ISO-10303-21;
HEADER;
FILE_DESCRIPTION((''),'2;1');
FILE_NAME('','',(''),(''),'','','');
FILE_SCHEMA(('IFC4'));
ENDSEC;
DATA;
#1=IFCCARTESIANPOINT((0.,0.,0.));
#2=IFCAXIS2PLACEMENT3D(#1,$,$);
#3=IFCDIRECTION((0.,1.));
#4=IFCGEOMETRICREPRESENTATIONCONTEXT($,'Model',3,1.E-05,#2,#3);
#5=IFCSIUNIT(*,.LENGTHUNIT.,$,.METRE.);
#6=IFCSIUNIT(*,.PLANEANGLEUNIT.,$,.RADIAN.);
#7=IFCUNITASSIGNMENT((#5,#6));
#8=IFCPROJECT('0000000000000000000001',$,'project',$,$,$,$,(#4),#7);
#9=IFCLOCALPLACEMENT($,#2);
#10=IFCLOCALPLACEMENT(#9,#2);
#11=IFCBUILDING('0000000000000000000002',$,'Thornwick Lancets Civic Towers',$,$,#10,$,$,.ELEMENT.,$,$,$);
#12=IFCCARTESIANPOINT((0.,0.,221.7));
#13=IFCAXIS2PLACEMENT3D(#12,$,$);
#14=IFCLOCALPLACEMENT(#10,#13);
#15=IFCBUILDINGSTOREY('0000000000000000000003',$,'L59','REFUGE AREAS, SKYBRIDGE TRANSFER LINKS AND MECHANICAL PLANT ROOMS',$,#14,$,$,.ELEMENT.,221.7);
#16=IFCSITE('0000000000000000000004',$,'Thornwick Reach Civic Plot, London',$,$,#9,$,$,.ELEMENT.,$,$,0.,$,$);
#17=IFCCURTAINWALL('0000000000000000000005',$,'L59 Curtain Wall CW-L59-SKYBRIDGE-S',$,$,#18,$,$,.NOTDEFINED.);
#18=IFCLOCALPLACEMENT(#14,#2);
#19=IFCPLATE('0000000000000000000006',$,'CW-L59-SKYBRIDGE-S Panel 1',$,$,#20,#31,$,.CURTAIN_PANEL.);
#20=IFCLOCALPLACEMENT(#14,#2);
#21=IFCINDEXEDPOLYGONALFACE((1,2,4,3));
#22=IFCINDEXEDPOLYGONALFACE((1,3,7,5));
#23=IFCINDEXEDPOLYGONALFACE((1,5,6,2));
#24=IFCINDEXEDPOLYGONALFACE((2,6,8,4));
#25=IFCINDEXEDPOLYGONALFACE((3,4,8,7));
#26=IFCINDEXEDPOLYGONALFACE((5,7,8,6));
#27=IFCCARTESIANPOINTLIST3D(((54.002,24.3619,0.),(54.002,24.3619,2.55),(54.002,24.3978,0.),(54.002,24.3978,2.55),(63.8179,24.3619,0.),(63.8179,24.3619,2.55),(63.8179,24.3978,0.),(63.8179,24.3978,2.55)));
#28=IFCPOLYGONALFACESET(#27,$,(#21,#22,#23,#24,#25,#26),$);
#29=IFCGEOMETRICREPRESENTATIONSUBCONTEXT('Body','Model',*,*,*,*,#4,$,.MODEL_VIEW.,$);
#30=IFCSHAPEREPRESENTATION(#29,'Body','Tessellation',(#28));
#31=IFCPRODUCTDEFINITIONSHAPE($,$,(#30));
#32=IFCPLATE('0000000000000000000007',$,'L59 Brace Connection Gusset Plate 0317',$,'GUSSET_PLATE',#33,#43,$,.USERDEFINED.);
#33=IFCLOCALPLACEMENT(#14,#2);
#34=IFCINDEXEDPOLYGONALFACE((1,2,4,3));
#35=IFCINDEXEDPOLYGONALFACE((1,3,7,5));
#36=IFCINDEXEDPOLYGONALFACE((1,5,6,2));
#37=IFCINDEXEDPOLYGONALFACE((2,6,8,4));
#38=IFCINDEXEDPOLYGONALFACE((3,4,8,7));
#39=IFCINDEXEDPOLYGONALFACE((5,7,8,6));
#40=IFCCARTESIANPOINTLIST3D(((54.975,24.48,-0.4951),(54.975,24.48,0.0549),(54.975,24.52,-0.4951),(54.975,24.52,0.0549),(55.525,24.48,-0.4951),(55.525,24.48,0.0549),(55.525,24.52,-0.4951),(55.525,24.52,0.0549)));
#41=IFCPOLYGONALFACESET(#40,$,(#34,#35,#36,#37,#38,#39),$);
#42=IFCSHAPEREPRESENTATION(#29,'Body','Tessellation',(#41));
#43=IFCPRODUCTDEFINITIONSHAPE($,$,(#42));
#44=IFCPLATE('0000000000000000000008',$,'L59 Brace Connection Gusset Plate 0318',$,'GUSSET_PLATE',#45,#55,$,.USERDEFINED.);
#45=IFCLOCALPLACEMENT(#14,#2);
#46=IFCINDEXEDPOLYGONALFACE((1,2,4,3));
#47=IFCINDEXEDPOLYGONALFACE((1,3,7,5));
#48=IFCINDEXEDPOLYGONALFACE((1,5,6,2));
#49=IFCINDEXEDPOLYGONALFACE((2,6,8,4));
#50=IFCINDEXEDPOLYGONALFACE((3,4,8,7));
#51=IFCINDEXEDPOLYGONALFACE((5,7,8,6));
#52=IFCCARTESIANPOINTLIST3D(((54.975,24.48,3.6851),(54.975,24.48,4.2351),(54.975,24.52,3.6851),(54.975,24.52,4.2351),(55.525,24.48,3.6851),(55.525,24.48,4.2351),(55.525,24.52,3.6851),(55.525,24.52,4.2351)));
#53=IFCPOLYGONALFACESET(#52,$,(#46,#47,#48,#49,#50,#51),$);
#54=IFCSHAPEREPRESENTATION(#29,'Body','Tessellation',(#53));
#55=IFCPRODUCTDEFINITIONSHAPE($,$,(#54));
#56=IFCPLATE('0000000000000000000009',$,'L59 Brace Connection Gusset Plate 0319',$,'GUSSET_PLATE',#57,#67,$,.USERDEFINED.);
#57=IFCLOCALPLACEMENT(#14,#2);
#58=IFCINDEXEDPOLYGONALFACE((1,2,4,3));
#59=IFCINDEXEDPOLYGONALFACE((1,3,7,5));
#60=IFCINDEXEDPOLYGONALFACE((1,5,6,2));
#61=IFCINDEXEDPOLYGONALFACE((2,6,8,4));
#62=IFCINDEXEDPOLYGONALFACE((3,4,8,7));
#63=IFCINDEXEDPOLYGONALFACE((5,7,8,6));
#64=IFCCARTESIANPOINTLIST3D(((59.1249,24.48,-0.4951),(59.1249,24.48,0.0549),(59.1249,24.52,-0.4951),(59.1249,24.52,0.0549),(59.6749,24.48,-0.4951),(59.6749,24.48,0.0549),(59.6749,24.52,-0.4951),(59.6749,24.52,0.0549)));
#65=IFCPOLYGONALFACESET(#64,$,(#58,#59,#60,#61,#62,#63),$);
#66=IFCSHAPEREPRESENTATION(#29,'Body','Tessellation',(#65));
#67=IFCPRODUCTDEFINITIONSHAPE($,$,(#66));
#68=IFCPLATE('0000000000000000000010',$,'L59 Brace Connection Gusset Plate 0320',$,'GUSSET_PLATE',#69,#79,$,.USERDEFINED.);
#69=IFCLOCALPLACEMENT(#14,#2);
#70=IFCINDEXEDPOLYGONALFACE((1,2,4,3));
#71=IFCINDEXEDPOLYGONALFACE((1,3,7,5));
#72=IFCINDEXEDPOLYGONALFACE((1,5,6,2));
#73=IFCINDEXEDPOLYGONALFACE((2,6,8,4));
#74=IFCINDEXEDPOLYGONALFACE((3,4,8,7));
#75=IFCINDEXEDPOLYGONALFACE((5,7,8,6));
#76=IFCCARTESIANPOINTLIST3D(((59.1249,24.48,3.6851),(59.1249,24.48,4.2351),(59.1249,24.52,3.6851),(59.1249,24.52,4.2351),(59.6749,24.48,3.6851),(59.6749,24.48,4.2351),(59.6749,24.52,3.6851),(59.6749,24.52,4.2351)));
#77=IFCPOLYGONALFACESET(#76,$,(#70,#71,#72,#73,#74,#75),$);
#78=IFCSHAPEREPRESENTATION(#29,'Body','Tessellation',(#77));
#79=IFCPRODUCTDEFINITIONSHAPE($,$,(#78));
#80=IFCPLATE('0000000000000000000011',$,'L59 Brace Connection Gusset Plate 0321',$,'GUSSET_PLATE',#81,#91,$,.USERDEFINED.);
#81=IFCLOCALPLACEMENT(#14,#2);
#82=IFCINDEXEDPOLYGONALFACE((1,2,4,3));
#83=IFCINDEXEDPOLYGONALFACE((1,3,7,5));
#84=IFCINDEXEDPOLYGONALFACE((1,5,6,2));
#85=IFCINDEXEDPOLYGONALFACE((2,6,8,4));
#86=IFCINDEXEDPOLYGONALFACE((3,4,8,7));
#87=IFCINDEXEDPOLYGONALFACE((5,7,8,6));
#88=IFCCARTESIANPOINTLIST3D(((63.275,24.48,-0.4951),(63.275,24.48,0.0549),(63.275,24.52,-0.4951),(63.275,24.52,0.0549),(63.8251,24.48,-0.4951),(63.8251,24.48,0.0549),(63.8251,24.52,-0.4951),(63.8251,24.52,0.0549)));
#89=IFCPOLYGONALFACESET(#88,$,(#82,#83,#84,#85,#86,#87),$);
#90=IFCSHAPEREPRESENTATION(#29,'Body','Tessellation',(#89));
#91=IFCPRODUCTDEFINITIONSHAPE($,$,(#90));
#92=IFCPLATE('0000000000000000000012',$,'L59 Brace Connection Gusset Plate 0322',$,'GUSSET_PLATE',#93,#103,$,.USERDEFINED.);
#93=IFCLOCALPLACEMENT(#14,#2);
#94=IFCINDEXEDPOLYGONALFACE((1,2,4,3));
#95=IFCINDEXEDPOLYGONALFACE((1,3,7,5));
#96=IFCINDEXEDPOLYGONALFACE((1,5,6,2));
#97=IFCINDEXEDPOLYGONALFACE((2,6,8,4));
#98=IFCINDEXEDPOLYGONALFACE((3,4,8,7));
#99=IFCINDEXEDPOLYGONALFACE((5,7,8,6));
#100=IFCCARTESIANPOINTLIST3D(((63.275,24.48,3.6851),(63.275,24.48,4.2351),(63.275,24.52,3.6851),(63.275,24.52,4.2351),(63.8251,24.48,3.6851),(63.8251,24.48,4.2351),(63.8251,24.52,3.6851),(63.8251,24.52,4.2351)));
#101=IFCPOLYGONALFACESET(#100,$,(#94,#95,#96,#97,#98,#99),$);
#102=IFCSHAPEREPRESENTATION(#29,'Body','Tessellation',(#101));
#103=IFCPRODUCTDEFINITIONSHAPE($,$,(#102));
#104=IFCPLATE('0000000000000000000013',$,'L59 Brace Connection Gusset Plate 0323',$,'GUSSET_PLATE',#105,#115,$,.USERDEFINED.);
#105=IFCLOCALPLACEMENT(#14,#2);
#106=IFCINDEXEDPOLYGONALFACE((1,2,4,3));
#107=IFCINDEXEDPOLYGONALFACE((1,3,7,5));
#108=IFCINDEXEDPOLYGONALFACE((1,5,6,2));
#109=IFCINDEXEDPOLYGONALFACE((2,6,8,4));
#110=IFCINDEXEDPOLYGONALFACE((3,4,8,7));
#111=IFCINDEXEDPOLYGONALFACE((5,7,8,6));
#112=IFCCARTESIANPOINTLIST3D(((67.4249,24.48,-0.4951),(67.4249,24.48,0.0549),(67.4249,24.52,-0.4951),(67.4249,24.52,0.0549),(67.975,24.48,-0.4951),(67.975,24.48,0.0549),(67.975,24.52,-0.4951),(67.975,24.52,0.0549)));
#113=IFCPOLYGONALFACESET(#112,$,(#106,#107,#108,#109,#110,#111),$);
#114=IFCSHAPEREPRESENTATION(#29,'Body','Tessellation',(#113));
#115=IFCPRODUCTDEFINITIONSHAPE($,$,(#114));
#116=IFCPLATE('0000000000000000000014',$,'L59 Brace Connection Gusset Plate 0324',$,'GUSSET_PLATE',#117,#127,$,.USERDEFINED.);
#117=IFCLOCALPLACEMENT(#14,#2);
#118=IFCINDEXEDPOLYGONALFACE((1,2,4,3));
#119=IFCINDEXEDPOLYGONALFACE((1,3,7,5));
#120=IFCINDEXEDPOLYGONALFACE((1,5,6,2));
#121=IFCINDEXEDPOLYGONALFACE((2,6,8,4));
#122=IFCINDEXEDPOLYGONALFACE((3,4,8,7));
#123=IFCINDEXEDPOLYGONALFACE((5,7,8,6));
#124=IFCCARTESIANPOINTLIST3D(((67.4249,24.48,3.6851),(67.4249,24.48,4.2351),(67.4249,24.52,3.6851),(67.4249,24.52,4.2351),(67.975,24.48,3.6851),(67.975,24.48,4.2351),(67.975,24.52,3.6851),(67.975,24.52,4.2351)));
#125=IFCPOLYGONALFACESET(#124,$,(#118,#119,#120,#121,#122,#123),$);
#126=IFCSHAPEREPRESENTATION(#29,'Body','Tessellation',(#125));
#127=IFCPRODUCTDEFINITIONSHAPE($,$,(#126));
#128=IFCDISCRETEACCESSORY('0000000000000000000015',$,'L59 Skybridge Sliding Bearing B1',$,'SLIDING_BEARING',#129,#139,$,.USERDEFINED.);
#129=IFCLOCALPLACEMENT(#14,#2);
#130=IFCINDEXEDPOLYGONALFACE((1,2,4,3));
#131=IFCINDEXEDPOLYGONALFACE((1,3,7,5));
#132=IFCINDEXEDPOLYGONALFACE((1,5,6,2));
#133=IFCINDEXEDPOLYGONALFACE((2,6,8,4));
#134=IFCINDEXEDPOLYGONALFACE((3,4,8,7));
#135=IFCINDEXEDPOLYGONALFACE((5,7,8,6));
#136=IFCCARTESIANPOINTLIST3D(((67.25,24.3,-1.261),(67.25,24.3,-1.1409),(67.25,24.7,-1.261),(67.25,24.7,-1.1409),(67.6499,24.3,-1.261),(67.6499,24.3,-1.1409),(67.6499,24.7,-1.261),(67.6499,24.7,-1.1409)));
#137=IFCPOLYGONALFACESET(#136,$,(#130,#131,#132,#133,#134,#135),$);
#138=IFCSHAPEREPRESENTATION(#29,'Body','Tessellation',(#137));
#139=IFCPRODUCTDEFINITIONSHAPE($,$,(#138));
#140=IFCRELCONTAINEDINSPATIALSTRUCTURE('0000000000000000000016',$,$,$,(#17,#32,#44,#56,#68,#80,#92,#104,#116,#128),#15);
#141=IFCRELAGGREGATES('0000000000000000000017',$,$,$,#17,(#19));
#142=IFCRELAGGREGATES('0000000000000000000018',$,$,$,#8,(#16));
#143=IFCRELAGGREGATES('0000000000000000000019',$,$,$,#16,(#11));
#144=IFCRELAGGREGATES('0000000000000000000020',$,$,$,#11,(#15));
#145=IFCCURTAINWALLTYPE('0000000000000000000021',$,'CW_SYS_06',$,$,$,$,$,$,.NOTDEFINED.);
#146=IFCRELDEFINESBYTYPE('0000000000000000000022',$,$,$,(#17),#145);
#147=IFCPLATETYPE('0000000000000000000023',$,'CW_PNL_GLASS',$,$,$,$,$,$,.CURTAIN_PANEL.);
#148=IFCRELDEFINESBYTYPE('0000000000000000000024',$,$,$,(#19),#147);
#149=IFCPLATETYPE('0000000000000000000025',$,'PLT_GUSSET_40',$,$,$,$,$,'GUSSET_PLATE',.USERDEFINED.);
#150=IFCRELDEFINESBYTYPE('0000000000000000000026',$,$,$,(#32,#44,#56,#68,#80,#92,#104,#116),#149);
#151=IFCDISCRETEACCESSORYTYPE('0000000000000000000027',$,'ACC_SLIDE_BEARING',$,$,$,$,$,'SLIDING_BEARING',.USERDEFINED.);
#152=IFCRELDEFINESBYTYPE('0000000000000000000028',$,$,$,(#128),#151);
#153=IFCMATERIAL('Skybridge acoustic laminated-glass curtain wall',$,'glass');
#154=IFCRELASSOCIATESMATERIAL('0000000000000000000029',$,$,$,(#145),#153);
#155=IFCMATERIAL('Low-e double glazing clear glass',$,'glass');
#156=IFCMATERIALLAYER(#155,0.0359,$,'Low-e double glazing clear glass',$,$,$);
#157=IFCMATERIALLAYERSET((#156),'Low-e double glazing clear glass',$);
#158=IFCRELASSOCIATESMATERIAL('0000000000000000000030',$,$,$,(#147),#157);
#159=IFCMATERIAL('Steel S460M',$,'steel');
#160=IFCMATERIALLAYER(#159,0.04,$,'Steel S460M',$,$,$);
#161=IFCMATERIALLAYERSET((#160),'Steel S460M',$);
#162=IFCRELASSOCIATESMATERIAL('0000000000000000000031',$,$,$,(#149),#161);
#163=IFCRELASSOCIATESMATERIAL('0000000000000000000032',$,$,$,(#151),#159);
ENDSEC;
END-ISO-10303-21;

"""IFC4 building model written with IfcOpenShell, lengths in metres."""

from ifc_helpers import new_model, si_unit, direction, frame, origin, origin_2d, place, context, subcontext, project, spatial, rectangle, extrude, material, layer, layer_set, type_object, element, aggregate, save


model = new_model("IFC4")

# Units and contexts
model_context = context("Model", 3, precision=1e-05, world=origin(), true_north=direction((0.0, 1.0)))
body_context = subcontext(model_context, "Body", "Model", "MODEL_VIEW")
ifc_project = project(units=[si_unit("LENGTHUNIT", "METRE"), si_unit("PLANEANGLEUNIT", "RADIAN")], contexts=[model_context])

# Site, building, storey
site_placement = place(None, origin())
site = spatial("IfcSite", under=ifc_project, at=site_placement, Name="Thornwick Reach Civic Plot, London", CompositionType="ELEMENT", RefElevation=0.0)
building_placement = place(site_placement, origin())
building = spatial("IfcBuilding", under=site, at=building_placement, Name="Thornwick Lancets Civic Towers", CompositionType="ELEMENT")
storey_placement = place(building_placement, frame((0.0, 0.0, 221.7)))
storey = spatial("IfcBuildingStorey", under=building, at=storey_placement, Name="L59", Description="REFUGE AREAS, SKYBRIDGE TRANSFER LINKS AND MECHANICAL PLANT ROOMS", CompositionType="ELEMENT", Elevation=221.7)

# Curtain wall
ifc_material_1 = material(Name="Skybridge acoustic laminated-glass curtain wall", Category="glass")
curtain_wall_type_1 = type_object("IfcCurtainWallType", Name="CW_SYS_06", PredefinedType="NOTDEFINED", material=ifc_material_1)
curtain_wall_1_placement = place(storey_placement, origin())
curtain_wall_1 = element("IfcCurtainWall", 1, at=curtain_wall_1_placement, inside=storey, type_object=curtain_wall_type_1, Name="L59 Curtain Wall CW-L59-SKYBRIDGE-S", PredefinedType="NOTDEFINED")

# Shared definitions
ifc_material_2 = material(Name="Steel S460M", Category="steel")

# Plate
ifc_material_3 = material(Name="Low-e double glazing clear glass", Category="glass")
ifc_layer_1 = layer(ifc_material_3, 0.0359, Name="Low-e double glazing clear glass")
ifc_layer_set_1 = layer_set([ifc_layer_1], Name="Low-e double glazing clear glass")
plate_type_1 = type_object("IfcPlateType", Name="CW_PNL_GLASS", PredefinedType="CURTAIN_PANEL", material=ifc_layer_set_1)
plate_1_placement = place(storey_placement, frame((58.9099, 24.3799, 0.0), z_axis=(0.0, 0.0, 1.0), x_axis=(1.0, 0.0, 0.0)))
plate_1 = element("IfcPlate", 2, at=plate_1_placement, type_object=plate_type_1, Name="CW-L59-SKYBRIDGE-S Panel 1", PredefinedType="CURTAIN_PANEL", context=body_context, shape_type="SweptSolid", body=[
    extrude(rectangle(XDim=9.8159, YDim=0.0359, at=origin_2d()), origin(), (0.0, 0.0, 1.0), 2.55),
])
aggregate(curtain_wall_1, [plate_1])

# Plates
ifc_layer_2 = layer(ifc_material_2, 0.04, Name="Steel S460M")
ifc_layer_set_2 = layer_set([ifc_layer_2], Name="Steel S460M")
plate_type_2 = type_object("IfcPlateType", Name="PLT_GUSSET_40", ElementType="GUSSET_PLATE", PredefinedType="USERDEFINED", material=ifc_layer_set_2)
for number, where, z_axis, x_axis, name in (
    (3, (55.25, 24.5, -0.4951), (0.0, 0.0, 1.0), (1.0, 0.0, 0.0), "L59 Brace Connection Gusset Plate 0317"),
    (4, (55.25, 24.5, 3.6851), (0.0, 0.0, 1.0), (1.0, 0.0, 0.0), "L59 Brace Connection Gusset Plate 0318"),
    (5, (59.3999, 24.5, -0.4951), (0.0, 0.0, 1.0), (1.0, 0.0, 0.0), "L59 Brace Connection Gusset Plate 0319"),
    (6, (59.3999, 24.5, 3.6851), (0.0, 0.0, 1.0), (1.0, 0.0, 0.0), "L59 Brace Connection Gusset Plate 0320"),
    (7, (63.55, 24.5, -0.4951), (0.0, 0.0, 1.0), (1.0, 0.0, 0.0), "L59 Brace Connection Gusset Plate 0321"),
    (8, (63.55, 24.5, 3.6851), (0.0, 0.0, 1.0), (1.0, 0.0, 0.0), "L59 Brace Connection Gusset Plate 0322"),
    (9, (67.7, 24.5, -0.4951), (0.0, 0.0, 1.0), (1.0, 0.0, 0.0), "L59 Brace Connection Gusset Plate 0323"),
    (10, (67.7, 24.5, 3.6851), (0.0, 0.0, 1.0), (1.0, 0.0, 0.0), "L59 Brace Connection Gusset Plate 0324"),
):
    element("IfcPlate", number, at=place(storey_placement, frame(where, z_axis=z_axis, x_axis=x_axis)), inside=storey, type_object=plate_type_2, Name=name, ObjectType="GUSSET_PLATE", PredefinedType="USERDEFINED", context=body_context, shape_type="SweptSolid", body=[
        extrude(rectangle(XDim=0.55, YDim=0.04, at=origin_2d()), origin(), (0.0, 0.0, 1.0), 0.55),
    ])

# Discrete accessory
discrete_accessory_type = type_object("IfcDiscreteAccessoryType", Name="ACC_SLIDE_BEARING", ElementType="SLIDING_BEARING", PredefinedType="USERDEFINED", material=ifc_material_2)
discrete_accessory_placement = place(storey_placement, frame((67.45, 24.5, -1.261), z_axis=(0.0, 0.0, 1.0), x_axis=(1.0, 0.0, 0.0)))
element("IfcDiscreteAccessory", 11, at=discrete_accessory_placement, inside=storey, type_object=discrete_accessory_type, Name="L59 Skybridge Sliding Bearing B1", ObjectType="SLIDING_BEARING", PredefinedType="USERDEFINED", context=body_context, shape_type="SweptSolid", body=[
    extrude(rectangle(XDim=0.3999, YDim=0.3999, at=origin_2d()), origin(), (0.0, 0.0, 1.0), 0.1201),
])

save(model, "model.ifc")
